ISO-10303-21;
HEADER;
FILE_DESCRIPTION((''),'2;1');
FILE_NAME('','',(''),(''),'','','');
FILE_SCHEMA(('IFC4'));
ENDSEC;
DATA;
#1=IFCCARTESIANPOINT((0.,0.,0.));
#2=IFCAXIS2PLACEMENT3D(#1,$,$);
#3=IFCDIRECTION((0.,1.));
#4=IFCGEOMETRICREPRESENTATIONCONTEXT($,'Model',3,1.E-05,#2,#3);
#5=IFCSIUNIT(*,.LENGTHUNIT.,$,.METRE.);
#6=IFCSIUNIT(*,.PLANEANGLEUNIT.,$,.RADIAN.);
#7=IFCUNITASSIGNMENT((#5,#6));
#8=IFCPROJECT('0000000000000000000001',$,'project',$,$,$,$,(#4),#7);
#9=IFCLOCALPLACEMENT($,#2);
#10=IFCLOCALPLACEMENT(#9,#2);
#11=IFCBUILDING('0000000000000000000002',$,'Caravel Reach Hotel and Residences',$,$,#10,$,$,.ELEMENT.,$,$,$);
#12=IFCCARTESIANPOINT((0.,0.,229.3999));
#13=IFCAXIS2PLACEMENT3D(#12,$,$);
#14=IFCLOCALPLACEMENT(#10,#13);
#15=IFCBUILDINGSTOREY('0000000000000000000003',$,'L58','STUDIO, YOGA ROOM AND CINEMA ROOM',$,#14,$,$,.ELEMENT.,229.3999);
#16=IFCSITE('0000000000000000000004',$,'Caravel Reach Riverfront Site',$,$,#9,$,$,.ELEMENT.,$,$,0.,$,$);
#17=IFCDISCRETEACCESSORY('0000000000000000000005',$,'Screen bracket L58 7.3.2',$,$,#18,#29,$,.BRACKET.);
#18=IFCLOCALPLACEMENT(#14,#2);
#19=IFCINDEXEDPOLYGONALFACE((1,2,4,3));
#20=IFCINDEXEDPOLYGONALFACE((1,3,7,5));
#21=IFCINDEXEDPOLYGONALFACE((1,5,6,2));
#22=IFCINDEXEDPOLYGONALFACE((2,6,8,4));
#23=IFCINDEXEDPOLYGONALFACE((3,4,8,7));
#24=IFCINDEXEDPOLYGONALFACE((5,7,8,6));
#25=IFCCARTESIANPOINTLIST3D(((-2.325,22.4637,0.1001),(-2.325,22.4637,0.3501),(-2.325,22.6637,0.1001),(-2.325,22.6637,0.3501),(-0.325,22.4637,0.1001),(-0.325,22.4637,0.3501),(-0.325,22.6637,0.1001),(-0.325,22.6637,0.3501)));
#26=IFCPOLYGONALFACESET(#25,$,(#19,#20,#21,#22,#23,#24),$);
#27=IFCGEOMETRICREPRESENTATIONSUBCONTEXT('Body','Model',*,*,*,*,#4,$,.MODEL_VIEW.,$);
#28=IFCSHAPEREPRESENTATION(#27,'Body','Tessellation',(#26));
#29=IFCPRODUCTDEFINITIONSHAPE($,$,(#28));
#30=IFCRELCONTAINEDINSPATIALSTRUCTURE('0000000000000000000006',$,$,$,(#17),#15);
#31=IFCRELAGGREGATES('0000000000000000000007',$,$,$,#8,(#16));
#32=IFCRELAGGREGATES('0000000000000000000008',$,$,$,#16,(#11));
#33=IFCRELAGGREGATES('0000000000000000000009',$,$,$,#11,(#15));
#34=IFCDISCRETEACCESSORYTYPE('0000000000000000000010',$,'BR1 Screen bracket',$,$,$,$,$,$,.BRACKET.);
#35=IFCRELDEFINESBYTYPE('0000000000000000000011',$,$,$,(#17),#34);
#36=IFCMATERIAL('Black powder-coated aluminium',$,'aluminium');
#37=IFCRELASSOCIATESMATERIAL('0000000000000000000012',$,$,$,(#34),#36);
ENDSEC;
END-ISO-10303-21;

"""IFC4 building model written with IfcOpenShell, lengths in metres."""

from ifc_helpers import new_model, si_unit, direction, frame, origin, origin_2d, place, context, subcontext, project, spatial, rectangle, extrude, material, type_object, element, save


model = new_model("IFC4")

# Units and contexts
model_context = context("Model", 3, precision=1e-05, world=origin(), true_north=direction((0.0, 1.0)))
body_context = subcontext(model_context, "Body", "Model", "MODEL_VIEW")
ifc_project = project(units=[si_unit("LENGTHUNIT", "METRE"), si_unit("PLANEANGLEUNIT", "RADIAN")], contexts=[model_context])

# Site, building, storey
site_placement = place(None, origin())
site = spatial("IfcSite", under=ifc_project, at=site_placement, Name="Caravel Reach Riverfront Site", CompositionType="ELEMENT", RefElevation=0.0)
building_placement = place(site_placement, origin())
building = spatial("IfcBuilding", under=site, at=building_placement, Name="Caravel Reach Hotel and Residences", CompositionType="ELEMENT")
storey_placement = place(building_placement, frame((0.0, 0.0, 229.3999)))
storey = spatial("IfcBuildingStorey", under=building, at=storey_placement, Name="L58", Description="STUDIO, YOGA ROOM AND CINEMA ROOM", CompositionType="ELEMENT", Elevation=229.3999)

# Discrete accessory
ifc_material_1 = material(Name="Black powder-coated aluminium", Category="aluminium")
discrete_accessory_type = type_object("IfcDiscreteAccessoryType", Name="BR1 Screen bracket", PredefinedType="BRACKET", material=ifc_material_1)
for number, where, z_axis, x_axis, name in (
    (1, (-1.325, 22.5637, 0.1001), (0.0, 0.0, 1.0), (-1.0, 0.0, 0.0), "Screen bracket L58 7.3.2"),
):
    element("IfcDiscreteAccessory", number, at=place(storey_placement, frame(where, z_axis=z_axis, x_axis=x_axis)), inside=storey, type_object=discrete_accessory_type, Name=name, PredefinedType="BRACKET", context=body_context, shape_type="SweptSolid", body=[
        extrude(rectangle(XDim=2.0, YDim=0.2, at=origin_2d()), origin(), (0.0, 0.0, 1.0), 0.25),
    ])

save(model, "model.ifc")
